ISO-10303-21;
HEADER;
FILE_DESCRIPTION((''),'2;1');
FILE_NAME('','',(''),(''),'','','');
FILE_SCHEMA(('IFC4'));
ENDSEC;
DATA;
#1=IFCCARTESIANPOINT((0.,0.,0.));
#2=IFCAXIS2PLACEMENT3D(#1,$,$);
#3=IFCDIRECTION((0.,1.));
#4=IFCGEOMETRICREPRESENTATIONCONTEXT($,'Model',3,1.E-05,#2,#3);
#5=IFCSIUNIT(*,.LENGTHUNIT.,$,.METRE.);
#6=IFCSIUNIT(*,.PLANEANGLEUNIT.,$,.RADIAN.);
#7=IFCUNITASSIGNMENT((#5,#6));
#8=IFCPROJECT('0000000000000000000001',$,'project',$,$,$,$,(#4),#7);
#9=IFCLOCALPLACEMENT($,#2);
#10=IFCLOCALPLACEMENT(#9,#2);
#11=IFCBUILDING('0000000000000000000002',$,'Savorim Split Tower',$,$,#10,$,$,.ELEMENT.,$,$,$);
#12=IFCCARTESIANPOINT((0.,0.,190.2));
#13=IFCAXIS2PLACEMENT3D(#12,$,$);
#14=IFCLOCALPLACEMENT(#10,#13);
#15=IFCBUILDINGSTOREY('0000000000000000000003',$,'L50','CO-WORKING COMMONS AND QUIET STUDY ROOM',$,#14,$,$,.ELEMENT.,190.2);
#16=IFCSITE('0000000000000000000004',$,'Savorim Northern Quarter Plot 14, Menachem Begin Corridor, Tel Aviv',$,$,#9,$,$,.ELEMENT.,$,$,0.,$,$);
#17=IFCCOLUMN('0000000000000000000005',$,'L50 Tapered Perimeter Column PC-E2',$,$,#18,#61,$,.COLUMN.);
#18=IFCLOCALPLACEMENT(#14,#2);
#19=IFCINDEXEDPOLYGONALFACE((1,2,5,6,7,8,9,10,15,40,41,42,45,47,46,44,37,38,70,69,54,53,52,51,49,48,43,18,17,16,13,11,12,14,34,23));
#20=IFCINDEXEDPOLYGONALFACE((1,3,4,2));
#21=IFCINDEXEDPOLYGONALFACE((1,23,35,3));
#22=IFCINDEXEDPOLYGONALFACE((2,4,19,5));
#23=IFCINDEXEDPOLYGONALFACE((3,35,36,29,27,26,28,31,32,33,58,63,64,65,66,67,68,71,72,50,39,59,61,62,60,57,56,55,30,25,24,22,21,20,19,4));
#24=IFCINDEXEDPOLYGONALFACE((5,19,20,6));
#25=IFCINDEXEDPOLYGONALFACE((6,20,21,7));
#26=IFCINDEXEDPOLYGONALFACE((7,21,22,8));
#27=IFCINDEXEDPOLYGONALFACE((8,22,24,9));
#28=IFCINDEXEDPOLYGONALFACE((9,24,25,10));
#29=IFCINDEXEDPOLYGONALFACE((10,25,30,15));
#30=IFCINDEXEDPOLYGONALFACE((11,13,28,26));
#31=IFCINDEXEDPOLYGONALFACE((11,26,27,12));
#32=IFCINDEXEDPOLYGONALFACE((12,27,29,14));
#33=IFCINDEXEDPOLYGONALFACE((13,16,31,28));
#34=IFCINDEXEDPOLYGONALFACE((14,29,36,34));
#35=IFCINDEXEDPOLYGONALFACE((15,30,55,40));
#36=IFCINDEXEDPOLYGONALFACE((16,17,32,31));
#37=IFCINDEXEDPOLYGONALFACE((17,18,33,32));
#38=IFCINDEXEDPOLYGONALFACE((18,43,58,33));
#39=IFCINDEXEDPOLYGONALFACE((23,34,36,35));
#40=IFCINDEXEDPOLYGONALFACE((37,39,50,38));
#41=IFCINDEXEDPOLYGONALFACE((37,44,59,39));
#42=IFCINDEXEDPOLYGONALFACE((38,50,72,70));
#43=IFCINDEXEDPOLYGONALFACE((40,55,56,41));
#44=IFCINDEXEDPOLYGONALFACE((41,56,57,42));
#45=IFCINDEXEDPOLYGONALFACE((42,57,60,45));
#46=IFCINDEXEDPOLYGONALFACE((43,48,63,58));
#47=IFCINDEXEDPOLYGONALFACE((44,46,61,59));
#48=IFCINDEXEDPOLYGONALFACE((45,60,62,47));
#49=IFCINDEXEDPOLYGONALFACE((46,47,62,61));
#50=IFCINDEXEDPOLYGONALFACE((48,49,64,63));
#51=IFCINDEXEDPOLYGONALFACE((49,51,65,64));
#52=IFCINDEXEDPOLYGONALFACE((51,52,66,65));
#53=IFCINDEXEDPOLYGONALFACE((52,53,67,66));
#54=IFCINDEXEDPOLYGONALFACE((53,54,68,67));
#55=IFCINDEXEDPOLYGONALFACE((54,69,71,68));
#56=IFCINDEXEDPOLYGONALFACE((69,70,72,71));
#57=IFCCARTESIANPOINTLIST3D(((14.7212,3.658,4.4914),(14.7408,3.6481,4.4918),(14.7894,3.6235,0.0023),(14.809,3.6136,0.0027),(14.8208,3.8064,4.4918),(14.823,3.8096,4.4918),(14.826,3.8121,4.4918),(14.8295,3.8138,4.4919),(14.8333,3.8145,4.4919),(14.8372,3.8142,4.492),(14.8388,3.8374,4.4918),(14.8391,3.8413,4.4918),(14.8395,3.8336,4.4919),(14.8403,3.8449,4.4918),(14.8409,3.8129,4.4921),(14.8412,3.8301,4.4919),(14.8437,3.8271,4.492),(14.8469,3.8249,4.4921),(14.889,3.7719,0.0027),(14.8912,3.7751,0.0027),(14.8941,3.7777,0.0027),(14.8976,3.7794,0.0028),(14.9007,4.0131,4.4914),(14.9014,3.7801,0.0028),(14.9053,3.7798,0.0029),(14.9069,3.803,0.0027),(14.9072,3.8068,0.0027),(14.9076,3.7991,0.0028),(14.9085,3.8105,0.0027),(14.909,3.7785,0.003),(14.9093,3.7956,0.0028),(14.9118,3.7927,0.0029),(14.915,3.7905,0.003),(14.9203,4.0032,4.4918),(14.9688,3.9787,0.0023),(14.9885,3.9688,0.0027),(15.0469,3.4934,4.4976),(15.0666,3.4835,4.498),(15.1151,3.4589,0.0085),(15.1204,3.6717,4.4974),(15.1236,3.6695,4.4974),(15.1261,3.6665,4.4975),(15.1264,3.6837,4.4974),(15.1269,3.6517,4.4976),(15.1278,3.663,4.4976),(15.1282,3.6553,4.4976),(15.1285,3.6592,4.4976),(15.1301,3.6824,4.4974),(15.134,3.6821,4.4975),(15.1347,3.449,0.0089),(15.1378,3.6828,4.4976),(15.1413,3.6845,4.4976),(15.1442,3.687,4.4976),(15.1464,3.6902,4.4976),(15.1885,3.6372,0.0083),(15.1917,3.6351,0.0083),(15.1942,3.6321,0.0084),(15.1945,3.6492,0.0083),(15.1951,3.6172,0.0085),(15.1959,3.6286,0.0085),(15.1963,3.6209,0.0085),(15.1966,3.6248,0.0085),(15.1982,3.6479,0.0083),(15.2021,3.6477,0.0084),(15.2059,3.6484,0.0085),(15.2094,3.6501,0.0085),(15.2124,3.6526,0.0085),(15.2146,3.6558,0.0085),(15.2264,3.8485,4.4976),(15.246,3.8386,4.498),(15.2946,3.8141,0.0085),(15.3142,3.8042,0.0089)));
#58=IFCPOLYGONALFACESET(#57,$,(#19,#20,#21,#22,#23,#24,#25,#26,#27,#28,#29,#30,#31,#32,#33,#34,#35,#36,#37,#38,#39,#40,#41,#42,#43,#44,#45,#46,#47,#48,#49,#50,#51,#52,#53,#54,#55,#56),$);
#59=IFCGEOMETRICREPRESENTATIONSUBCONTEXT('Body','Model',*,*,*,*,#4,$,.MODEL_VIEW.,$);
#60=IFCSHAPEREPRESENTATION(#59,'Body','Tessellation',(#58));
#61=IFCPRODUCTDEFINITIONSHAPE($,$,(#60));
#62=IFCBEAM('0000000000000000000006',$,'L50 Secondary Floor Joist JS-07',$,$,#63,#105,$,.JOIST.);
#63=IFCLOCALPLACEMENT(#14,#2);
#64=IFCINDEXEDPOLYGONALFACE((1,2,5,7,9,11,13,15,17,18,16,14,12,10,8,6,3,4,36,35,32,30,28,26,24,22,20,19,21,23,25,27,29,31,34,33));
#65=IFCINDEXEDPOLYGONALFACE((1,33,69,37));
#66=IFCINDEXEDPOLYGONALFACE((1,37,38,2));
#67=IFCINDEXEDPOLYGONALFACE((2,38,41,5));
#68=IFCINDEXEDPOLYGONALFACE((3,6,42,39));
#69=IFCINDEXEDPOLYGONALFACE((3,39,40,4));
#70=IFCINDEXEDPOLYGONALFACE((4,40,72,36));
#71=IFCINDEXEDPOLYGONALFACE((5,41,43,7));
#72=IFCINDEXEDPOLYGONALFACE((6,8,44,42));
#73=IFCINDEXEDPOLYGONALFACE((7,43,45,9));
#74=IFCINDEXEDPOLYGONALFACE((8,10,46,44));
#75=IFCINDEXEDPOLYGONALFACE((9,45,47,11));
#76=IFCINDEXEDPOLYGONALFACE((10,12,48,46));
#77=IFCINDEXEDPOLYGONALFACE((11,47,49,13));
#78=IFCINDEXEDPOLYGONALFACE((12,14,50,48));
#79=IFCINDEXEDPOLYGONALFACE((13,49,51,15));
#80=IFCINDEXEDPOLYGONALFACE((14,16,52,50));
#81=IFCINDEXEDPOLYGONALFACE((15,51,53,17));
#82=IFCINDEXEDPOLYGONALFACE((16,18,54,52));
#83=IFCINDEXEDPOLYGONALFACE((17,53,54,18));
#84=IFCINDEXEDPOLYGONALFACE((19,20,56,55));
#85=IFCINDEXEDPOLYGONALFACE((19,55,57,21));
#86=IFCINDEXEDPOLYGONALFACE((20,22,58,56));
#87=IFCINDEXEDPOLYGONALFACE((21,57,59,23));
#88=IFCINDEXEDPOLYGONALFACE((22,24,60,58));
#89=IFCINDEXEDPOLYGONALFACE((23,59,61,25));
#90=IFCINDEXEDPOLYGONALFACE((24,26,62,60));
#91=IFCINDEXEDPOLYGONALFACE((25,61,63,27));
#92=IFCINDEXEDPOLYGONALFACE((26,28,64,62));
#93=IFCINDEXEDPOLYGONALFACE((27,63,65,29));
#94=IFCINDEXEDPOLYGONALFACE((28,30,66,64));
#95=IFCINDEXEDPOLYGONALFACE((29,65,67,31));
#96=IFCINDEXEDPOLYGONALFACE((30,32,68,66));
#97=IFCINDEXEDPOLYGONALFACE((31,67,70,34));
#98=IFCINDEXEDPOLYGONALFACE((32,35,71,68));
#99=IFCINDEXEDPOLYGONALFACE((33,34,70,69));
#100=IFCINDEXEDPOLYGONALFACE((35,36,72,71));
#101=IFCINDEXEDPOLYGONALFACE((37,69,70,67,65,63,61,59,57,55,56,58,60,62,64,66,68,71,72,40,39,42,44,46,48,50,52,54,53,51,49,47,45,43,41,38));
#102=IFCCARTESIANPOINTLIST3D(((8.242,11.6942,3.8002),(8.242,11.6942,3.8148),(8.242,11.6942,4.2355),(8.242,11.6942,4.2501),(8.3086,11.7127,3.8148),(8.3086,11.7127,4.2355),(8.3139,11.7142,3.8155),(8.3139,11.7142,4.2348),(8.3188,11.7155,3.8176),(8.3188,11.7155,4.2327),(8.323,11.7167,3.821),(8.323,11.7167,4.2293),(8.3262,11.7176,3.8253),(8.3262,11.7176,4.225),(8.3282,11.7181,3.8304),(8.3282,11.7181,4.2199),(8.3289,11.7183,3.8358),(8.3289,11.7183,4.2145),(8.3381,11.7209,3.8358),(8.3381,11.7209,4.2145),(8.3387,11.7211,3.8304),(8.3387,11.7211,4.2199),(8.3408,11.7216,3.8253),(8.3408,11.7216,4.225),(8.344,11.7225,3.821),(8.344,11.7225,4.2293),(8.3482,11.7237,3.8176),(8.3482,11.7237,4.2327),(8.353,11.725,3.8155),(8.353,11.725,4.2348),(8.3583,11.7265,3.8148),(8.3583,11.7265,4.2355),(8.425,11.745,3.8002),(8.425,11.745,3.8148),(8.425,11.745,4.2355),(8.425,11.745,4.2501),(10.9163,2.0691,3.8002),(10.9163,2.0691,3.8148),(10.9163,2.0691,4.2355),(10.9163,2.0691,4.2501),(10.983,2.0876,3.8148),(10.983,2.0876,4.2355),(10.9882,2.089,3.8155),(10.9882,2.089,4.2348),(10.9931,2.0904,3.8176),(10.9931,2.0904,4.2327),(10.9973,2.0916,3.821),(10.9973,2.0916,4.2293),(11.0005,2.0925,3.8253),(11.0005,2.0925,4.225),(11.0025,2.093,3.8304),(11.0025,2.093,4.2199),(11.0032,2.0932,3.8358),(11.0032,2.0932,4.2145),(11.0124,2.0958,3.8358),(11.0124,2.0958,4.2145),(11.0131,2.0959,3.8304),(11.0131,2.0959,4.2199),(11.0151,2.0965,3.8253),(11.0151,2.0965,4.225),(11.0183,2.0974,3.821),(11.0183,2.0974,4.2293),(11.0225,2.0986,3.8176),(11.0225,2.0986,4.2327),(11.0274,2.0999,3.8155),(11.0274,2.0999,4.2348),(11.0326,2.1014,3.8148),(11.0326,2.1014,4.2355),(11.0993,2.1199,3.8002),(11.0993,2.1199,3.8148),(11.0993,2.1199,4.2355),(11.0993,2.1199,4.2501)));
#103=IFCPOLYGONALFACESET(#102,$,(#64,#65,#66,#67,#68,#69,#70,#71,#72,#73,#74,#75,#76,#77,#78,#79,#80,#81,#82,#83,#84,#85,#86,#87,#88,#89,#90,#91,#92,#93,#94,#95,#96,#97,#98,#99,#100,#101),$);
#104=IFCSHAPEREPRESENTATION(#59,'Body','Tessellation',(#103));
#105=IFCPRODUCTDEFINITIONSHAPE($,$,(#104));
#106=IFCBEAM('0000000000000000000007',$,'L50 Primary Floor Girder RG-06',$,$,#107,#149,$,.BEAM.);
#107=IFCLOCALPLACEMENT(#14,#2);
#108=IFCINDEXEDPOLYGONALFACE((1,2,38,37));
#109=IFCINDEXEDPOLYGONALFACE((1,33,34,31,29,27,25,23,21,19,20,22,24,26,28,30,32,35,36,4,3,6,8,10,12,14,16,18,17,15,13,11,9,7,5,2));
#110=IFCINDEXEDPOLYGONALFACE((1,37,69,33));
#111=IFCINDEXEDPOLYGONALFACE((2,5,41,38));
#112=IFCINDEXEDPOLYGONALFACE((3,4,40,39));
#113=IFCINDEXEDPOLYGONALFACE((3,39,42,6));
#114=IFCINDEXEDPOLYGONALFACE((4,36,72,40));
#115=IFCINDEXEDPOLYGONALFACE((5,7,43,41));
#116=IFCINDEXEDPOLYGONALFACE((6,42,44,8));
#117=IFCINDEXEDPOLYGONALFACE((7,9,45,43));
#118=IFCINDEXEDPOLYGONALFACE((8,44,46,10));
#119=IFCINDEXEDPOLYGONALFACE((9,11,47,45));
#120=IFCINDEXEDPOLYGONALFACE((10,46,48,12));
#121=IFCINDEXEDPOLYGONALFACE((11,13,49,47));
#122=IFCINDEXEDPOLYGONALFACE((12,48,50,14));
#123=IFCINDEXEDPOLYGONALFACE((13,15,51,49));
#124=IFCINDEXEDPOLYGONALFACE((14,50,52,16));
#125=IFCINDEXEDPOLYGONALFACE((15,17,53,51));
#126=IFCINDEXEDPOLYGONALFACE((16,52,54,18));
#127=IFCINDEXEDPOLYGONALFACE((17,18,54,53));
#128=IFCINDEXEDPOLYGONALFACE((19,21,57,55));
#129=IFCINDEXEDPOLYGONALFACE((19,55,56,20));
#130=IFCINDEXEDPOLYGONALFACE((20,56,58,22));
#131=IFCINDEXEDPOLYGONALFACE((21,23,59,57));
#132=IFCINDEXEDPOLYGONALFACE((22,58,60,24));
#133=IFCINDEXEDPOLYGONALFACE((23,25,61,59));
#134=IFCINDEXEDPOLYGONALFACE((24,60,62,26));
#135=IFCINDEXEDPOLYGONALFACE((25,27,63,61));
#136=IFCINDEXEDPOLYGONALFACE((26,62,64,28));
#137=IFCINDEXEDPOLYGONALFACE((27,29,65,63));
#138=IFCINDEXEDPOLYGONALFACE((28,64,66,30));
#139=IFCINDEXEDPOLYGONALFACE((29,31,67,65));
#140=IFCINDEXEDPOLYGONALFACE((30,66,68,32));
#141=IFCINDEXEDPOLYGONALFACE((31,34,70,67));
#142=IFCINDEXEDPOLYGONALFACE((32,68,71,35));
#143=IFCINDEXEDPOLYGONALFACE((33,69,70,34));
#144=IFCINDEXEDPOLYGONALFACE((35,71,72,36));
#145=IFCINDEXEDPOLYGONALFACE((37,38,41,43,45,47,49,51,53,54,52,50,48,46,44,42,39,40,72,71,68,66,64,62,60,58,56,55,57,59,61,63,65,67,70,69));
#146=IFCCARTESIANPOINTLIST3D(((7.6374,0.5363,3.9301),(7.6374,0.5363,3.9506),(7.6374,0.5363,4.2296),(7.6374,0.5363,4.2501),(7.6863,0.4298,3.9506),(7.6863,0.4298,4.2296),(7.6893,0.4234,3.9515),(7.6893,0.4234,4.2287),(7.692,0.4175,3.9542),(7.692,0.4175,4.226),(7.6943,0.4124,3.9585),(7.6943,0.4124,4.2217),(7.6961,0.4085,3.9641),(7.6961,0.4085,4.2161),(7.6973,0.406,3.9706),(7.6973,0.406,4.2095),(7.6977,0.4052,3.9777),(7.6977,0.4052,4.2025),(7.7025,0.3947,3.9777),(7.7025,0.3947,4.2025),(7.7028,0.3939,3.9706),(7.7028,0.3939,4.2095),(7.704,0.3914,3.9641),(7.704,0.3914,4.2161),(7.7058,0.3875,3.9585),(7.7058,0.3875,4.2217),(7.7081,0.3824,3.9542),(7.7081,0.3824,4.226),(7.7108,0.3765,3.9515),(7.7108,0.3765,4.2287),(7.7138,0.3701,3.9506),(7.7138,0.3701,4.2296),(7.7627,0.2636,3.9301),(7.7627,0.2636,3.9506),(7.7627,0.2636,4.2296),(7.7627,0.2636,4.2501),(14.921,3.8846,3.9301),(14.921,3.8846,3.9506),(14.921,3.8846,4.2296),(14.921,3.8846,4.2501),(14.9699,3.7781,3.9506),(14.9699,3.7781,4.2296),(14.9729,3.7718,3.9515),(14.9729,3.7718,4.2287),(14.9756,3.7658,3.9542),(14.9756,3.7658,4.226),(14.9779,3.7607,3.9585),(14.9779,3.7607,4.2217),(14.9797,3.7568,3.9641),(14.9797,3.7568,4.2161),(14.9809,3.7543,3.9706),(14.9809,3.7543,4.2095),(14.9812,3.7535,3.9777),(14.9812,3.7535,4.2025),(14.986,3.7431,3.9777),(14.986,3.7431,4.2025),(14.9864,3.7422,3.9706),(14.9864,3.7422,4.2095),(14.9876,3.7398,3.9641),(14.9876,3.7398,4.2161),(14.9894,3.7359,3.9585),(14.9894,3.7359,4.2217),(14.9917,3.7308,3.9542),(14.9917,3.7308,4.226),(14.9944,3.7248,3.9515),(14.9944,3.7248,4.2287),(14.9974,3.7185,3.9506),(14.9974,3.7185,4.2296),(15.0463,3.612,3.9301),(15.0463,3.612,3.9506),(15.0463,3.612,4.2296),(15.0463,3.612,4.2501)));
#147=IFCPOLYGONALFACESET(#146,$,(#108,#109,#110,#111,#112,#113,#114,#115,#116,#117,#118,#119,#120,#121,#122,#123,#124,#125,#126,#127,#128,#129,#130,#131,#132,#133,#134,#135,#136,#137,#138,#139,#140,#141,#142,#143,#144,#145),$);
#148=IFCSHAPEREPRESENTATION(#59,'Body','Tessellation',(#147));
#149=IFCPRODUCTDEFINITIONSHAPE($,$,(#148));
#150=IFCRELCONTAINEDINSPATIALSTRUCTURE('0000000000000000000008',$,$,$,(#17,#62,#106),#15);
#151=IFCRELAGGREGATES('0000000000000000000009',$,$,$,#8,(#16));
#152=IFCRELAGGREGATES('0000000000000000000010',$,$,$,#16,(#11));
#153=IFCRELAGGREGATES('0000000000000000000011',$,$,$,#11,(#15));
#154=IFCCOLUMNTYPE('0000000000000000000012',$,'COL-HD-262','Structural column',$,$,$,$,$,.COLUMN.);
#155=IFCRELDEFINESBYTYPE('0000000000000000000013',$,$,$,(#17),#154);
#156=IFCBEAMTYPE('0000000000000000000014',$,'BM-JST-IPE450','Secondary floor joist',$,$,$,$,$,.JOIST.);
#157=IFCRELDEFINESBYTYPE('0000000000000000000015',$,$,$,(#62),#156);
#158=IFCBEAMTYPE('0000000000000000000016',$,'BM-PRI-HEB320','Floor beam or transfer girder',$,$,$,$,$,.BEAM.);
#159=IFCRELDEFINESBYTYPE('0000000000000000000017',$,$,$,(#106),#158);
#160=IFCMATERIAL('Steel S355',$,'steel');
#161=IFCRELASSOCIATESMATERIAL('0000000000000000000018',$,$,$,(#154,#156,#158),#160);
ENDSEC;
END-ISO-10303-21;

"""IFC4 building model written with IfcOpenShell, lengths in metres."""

from ifc_helpers import new_model, si_unit, direction, frame, origin, origin_2d, place, context, subcontext, project, spatial, i_section, extrude, material, material_profile, profile_set, type_object, element, save


model = new_model("IFC4")

# Units and contexts
model_context = context("Model", 3, precision=1e-05, world=origin(), true_north=direction((0.0, 1.0)))
body_context = subcontext(model_context, "Body", "Model", "MODEL_VIEW")
ifc_project = project(units=[si_unit("LENGTHUNIT", "METRE"), si_unit("PLANEANGLEUNIT", "RADIAN")], contexts=[model_context])

# Site, building, storey
site_placement = place(None, origin())
site = spatial("IfcSite", under=ifc_project, at=site_placement, Name="Savorim Northern Quarter Plot 14, Menachem Begin Corridor, Tel Aviv", CompositionType="ELEMENT", RefElevation=0.0)
building_placement = place(site_placement, origin())
building = spatial("IfcBuilding", under=site, at=building_placement, Name="Savorim Split Tower", CompositionType="ELEMENT")
storey_placement = place(building_placement, frame((0.0, 0.0, 190.2)))
storey = spatial("IfcBuildingStorey", under=building, at=storey_placement, Name="L50", Description="CO-WORKING COMMONS AND QUIET STUDY ROOM", CompositionType="ELEMENT", Elevation=190.2)

# Column
ifc_material_1 = material(Name="Steel S355", Category="steel")
ifc_material_profile_1 = material_profile(ifc_material_1, i_section(OverallWidth=0.3979, OverallDepth=0.387, WebThickness=0.0134, FlangeThickness=0.022, FilletRadius=0.0149, at=origin_2d()), Name="HD 400x262")
ifc_profile_set_1 = profile_set([ifc_material_profile_1], Name="Steel S355")
column_type = type_object("IfcColumnType", Name="COL-HD-262", Description="Structural column", PredefinedType="COLUMN", material=ifc_profile_set_1)
column_placement = place(storey_placement, frame((15.0518, 3.7139, 0.0056), z_axis=(-0.015172, 0.007667, 0.999856), x_axis=(-0.451048, -0.8925, 0.0)))
element("IfcColumn", 1, at=column_placement, inside=storey, type_object=column_type, Name="L50 Tapered Perimeter Column PC-E2", PredefinedType="COLUMN", context=body_context, shape_type="SweptSolid", body=[
    extrude(i_section(OverallWidth=0.3979, OverallDepth=0.387, WebThickness=0.0134, FlangeThickness=0.022, FilletRadius=0.0149, at=origin_2d()), origin(), (0.0, 0.0, 1.0), 4.4897),
])

# Beams
ifc_material_profile_2 = material_profile(ifc_material_1, i_section(OverallWidth=0.1899, OverallDepth=0.45, WebThickness=0.0095, FlangeThickness=0.0146, FilletRadius=0.021, at=origin_2d()), Name="IPE 450")
ifc_profile_set_2 = profile_set([ifc_material_profile_2], Name="Steel S355")
beam_type_1 = type_object("IfcBeamType", Name="BM-JST-IPE450", Description="Secondary floor joist", PredefinedType="JOIST", material=ifc_profile_set_2)
beam_1_placement = place(storey_placement, frame((11.0078, 2.0945, 4.0251), z_axis=(-0.267709, 0.9635, 0.0), x_axis=(-0.9635, -0.267709, 0.0)))
element("IfcBeam", 2, at=beam_1_placement, inside=storey, type_object=beam_type_1, Name="L50 Secondary Floor Joist JS-07", PredefinedType="JOIST", context=body_context, shape_type="SweptSolid", body=[
    extrude(i_section(OverallWidth=0.1899, OverallDepth=0.45, WebThickness=0.0095, FlangeThickness=0.0146, FilletRadius=0.021, at=origin_2d()), origin(), (0.0, 0.0, 1.0), 9.9897),
])
ifc_material_profile_3 = material_profile(ifc_material_1, i_section(OverallWidth=0.3, OverallDepth=0.3201, WebThickness=0.0115, FlangeThickness=0.0205, FilletRadius=0.0271, at=origin_2d()), Name="HEB 320")
ifc_profile_set_3 = profile_set([ifc_material_profile_3], Name="Steel S355")
beam_type_2 = type_object("IfcBeamType", Name="BM-PRI-HEB320", Description="Floor beam or transfer girder", PredefinedType="BEAM", material=ifc_profile_set_3)
beam_2_placement = place(storey_placement, frame((14.9836, 3.7483, 4.0901), z_axis=(-0.90859, -0.417688, 0.0), x_axis=(0.417688, -0.90859, 0.0)))
element("IfcBeam", 3, at=beam_2_placement, inside=storey, type_object=beam_type_2, Name="L50 Primary Floor Girder RG-06", PredefinedType="BEAM", context=body_context, shape_type="SweptSolid", body=[
    extrude(i_section(OverallWidth=0.3, OverallDepth=0.3201, WebThickness=0.0115, FlangeThickness=0.0205, FilletRadius=0.0271, at=origin_2d()), origin(), (0.0, 0.0, 1.0), 8.0164),
])

save(model, "model.ifc")
